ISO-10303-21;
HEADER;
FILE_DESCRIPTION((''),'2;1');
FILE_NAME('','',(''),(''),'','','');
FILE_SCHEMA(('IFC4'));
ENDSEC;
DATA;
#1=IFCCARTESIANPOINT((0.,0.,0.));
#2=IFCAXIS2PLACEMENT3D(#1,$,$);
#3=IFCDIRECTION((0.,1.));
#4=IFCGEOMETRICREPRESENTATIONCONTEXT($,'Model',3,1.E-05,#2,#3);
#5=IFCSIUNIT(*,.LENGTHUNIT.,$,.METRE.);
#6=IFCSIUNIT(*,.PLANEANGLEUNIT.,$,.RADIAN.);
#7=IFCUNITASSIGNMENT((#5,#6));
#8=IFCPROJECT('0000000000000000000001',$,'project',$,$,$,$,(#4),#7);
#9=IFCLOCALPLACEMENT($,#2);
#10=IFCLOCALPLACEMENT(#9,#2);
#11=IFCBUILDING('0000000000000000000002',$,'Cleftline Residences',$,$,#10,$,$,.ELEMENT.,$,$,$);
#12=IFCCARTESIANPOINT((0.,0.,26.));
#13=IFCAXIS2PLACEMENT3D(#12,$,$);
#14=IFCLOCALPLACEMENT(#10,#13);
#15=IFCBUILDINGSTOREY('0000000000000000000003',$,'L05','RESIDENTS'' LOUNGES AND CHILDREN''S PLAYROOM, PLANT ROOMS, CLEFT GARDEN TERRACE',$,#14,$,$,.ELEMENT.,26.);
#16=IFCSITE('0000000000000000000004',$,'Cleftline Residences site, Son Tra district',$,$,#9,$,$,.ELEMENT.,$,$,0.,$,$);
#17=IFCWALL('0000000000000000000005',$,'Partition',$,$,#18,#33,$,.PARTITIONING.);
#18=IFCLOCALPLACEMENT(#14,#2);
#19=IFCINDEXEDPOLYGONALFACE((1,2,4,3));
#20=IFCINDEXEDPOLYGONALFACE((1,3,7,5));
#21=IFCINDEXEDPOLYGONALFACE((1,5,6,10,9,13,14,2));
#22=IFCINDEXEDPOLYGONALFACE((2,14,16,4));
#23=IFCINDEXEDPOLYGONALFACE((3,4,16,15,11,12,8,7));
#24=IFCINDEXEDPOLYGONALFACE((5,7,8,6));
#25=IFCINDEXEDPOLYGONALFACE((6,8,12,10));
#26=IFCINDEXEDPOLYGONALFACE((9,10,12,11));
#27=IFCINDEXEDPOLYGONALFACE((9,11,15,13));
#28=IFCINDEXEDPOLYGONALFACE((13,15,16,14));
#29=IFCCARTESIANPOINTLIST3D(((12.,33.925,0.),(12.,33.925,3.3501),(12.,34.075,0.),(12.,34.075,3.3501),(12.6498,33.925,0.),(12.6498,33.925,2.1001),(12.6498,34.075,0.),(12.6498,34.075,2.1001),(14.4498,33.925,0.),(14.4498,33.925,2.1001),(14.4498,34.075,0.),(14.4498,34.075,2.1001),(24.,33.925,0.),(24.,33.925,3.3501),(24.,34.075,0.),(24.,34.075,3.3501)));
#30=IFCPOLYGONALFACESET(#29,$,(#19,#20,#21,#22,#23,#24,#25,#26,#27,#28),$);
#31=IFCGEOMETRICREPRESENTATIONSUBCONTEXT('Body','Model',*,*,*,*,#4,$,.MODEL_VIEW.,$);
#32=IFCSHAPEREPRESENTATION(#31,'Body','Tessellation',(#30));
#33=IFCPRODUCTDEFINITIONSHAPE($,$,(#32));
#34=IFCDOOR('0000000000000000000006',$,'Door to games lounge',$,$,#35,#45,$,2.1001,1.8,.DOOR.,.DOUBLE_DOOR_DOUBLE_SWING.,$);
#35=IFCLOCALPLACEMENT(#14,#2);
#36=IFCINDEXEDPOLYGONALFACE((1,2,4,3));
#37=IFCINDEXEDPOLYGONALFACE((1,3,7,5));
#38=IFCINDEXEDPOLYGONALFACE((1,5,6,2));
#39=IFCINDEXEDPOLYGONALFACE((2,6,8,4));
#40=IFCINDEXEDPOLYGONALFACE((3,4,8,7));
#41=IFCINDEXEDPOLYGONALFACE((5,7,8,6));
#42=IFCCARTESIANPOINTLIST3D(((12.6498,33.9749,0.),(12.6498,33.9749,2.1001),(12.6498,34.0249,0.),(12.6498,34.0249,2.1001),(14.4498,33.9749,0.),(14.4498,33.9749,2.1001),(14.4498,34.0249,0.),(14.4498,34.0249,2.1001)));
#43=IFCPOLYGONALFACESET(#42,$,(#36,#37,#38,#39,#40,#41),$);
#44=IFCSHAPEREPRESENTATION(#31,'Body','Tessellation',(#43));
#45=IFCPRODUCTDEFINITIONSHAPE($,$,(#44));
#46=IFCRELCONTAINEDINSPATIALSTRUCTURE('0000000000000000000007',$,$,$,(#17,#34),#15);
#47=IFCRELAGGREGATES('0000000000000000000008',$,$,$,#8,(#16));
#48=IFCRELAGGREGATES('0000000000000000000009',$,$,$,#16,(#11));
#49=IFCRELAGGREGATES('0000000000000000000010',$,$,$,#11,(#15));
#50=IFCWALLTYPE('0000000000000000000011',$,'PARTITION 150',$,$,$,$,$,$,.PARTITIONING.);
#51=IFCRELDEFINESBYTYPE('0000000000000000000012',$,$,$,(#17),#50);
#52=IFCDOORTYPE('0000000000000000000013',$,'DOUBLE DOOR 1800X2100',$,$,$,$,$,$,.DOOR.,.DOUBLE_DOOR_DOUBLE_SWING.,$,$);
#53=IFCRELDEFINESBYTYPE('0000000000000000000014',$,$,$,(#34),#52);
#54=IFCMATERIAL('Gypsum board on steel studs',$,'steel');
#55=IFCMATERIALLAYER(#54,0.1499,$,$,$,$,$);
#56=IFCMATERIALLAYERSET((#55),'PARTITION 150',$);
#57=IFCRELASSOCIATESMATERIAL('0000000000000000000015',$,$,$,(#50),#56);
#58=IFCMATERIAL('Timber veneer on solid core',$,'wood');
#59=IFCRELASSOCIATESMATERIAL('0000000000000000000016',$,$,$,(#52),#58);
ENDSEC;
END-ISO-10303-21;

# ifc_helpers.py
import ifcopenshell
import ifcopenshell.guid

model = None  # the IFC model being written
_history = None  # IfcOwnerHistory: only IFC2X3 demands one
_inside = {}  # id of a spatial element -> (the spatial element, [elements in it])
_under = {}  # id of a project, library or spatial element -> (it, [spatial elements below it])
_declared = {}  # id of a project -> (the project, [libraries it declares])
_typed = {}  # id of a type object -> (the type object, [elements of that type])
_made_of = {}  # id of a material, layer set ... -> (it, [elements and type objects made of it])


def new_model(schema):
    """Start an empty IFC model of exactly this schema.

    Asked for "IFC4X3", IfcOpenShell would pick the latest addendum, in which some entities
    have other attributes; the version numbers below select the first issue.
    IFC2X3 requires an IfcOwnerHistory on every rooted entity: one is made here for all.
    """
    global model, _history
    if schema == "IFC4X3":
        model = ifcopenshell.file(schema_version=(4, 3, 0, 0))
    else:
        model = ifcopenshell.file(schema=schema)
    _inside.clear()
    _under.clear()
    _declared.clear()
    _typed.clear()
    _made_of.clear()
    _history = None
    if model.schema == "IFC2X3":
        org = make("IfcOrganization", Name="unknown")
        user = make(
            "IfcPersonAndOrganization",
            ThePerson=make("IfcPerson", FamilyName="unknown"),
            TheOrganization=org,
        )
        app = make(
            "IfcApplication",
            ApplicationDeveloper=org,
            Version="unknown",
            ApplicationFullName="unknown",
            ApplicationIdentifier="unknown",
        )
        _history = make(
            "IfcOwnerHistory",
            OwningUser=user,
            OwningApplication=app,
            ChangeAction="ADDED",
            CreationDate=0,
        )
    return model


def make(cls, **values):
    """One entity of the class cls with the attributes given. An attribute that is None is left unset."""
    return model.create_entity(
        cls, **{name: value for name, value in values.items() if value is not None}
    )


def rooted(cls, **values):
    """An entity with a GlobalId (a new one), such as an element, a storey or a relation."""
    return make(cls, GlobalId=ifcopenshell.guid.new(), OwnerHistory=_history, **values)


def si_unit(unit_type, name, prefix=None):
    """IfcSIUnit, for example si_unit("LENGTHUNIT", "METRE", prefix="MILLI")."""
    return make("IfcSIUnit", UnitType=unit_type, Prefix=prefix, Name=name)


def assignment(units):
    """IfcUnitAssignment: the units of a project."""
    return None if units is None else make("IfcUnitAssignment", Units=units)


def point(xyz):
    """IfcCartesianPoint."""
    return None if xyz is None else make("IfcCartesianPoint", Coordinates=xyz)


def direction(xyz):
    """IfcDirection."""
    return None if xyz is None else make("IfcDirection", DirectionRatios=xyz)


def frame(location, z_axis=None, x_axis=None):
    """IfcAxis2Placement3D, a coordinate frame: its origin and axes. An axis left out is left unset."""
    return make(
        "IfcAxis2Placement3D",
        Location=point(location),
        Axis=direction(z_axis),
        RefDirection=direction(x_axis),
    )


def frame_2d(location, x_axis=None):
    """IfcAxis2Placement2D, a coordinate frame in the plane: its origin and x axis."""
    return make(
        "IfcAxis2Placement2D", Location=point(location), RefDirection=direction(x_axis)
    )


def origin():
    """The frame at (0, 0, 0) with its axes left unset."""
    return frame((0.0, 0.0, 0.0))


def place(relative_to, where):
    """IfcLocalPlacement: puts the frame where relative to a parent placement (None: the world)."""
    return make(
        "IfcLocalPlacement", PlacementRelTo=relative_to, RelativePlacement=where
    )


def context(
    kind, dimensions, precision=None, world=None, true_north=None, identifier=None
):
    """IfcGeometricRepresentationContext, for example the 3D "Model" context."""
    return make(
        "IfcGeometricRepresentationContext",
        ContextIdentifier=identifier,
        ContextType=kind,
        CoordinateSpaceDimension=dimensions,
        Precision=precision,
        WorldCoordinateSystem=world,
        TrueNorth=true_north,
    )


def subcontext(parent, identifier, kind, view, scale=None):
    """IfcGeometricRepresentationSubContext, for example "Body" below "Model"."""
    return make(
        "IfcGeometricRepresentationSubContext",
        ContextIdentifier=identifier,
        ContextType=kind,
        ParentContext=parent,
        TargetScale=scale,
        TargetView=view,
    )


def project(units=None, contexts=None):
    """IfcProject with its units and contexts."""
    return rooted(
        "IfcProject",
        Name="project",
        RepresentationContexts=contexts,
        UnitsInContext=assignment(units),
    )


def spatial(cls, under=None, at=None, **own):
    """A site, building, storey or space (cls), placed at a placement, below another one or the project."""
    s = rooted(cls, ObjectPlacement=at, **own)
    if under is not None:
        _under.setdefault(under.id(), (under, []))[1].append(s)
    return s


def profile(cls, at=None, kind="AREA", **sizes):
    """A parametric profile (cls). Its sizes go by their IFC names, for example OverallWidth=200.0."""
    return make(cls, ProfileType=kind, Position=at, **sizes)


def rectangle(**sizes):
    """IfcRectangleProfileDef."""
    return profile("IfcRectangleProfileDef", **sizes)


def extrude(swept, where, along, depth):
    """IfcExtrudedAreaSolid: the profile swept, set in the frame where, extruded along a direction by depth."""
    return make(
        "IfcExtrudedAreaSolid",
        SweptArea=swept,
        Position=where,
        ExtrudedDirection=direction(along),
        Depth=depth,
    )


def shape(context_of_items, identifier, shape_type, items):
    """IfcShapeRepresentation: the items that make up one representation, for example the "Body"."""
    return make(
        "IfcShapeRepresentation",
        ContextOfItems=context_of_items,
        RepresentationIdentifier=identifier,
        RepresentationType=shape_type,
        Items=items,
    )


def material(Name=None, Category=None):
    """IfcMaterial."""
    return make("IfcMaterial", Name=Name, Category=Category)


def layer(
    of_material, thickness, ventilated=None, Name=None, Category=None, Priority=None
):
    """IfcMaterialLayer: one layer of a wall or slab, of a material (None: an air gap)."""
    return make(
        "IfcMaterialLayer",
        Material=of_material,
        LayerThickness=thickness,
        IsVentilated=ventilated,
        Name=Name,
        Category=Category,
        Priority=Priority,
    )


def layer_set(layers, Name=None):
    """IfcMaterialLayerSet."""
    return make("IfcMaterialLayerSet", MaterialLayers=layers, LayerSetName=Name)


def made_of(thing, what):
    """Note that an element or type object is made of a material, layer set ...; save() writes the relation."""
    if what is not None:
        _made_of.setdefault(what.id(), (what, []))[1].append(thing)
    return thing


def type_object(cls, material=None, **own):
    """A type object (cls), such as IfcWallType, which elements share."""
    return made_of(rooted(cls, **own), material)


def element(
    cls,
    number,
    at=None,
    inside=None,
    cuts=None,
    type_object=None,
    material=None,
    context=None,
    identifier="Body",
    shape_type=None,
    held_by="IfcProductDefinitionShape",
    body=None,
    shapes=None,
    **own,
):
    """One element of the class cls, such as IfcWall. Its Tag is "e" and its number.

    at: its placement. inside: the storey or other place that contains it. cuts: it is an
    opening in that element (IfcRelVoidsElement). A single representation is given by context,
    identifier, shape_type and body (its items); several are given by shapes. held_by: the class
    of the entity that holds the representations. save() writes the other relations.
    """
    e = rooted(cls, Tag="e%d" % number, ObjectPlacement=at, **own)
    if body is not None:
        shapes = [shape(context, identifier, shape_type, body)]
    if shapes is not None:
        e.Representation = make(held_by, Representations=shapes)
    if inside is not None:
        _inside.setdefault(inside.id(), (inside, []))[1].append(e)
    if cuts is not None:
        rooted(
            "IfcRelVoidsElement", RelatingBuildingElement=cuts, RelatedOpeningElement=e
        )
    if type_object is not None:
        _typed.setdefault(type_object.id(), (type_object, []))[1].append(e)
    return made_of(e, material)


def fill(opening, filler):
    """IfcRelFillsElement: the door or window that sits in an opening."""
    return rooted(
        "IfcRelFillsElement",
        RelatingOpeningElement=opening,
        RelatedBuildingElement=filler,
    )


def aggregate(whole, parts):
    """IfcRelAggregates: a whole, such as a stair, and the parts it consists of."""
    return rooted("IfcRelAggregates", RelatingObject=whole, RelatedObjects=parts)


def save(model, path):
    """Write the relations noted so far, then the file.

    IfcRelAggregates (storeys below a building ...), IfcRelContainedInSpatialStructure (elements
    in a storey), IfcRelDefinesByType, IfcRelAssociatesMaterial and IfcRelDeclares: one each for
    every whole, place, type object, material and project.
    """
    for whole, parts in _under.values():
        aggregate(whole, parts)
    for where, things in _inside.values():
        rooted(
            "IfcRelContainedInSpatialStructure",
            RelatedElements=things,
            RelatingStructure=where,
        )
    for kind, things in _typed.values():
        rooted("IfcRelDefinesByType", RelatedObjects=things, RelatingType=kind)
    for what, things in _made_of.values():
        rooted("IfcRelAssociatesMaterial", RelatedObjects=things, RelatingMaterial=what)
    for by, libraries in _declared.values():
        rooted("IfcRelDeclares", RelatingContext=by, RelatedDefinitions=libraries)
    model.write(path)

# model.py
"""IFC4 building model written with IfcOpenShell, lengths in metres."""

from ifc_helpers import new_model, si_unit, direction, frame, frame_2d, origin, place, context, subcontext, project, spatial, rectangle, extrude, material, layer, layer_set, type_object, element, fill, save


model = new_model("IFC4")

# Units and contexts
model_context = context("Model", 3, precision=1e-05, world=origin(), true_north=direction((0.0, 1.0)))
body_context = subcontext(model_context, "Body", "Model", "MODEL_VIEW")
ifc_project = project(units=[si_unit("LENGTHUNIT", "METRE"), si_unit("PLANEANGLEUNIT", "RADIAN")], contexts=[model_context])

# Site, building, storey
site_placement = place(None, origin())
site = spatial("IfcSite", under=ifc_project, at=site_placement, Name="Cleftline Residences site, Son Tra district", CompositionType="ELEMENT", RefElevation=0.0)
building_placement = place(site_placement, origin())
building = spatial("IfcBuilding", under=site, at=building_placement, Name="Cleftline Residences", CompositionType="ELEMENT")
storey_placement = place(building_placement, frame((0.0, 0.0, 26.0)))
storey = spatial("IfcBuildingStorey", under=building, at=storey_placement, Name="L05", Description="RESIDENTS' LOUNGES AND CHILDREN'S PLAYROOM, PLANT ROOMS, CLEFT GARDEN TERRACE", CompositionType="ELEMENT", Elevation=26.0)

# Wall, opening, door
ifc_material_1 = material(Name="Gypsum board on steel studs", Category="steel")
ifc_layer_1 = layer(ifc_material_1, 0.1499)
ifc_layer_set_1 = layer_set([ifc_layer_1], Name="PARTITION 150")
wall_type_1 = type_object("IfcWallType", Name="PARTITION 150", PredefinedType="PARTITIONING", material=ifc_layer_set_1)
wall_1_placement = place(storey_placement, frame((12.0, 34.0, 0.0), z_axis=(0.0, 0.0, 1.0), x_axis=(1.0, 0.0, 0.0)))
wall_1 = element("IfcWall", 1, at=wall_1_placement, inside=storey, type_object=wall_type_1, Name="Partition", PredefinedType="PARTITIONING", context=body_context, shape_type="SweptSolid", body=[
    extrude(rectangle(XDim=12.0, YDim=0.1499, at=frame_2d((6.0, 0.0))), origin(), (0.0, 0.0, 1.0), 3.3501),
])
opening_1_placement = place(wall_1_placement, frame((0.6499, 0.0, 0.0)))
opening_1 = element("IfcOpeningElement", 2, at=opening_1_placement, cuts=wall_1, PredefinedType="OPENING", context=body_context, shape_type="SweptSolid", body=[
    extrude(rectangle(XDim=1.8, YDim=2.1001, at=frame_2d((0.8999, 1.05))), frame((0.0, 0.085, 0.0), z_axis=(0.0, -1.0, 0.0), x_axis=(1.0, 0.0, 0.0)), (0.0, 0.0, 1.0), 0.1699),
])
ifc_material_2 = material(Name="Timber veneer on solid core", Category="wood")
door_type_1 = type_object("IfcDoorType", Name="DOUBLE DOOR 1800X2100", OperationType="DOUBLE_DOOR_DOUBLE_SWING", PredefinedType="DOOR", material=ifc_material_2)
door_1_placement = place(opening_1_placement, origin())
door_1 = element("IfcDoor", 3, at=door_1_placement, inside=storey, type_object=door_type_1, Name="Door to games lounge", OperationType="DOUBLE_DOOR_DOUBLE_SWING", OverallHeight=2.1001, OverallWidth=1.8, PredefinedType="DOOR", context=body_context, shape_type="SweptSolid", body=[
    extrude(rectangle(XDim=1.8, YDim=2.1001, at=frame_2d((0.8999, 1.05))), frame((0.0, 0.0249, 0.0), z_axis=(0.0, -1.0, 0.0), x_axis=(1.0, 0.0, 0.0)), (0.0, 0.0, 1.0), 0.05),
])
fill(opening_1, door_1)

save(model, "model.ifc")
